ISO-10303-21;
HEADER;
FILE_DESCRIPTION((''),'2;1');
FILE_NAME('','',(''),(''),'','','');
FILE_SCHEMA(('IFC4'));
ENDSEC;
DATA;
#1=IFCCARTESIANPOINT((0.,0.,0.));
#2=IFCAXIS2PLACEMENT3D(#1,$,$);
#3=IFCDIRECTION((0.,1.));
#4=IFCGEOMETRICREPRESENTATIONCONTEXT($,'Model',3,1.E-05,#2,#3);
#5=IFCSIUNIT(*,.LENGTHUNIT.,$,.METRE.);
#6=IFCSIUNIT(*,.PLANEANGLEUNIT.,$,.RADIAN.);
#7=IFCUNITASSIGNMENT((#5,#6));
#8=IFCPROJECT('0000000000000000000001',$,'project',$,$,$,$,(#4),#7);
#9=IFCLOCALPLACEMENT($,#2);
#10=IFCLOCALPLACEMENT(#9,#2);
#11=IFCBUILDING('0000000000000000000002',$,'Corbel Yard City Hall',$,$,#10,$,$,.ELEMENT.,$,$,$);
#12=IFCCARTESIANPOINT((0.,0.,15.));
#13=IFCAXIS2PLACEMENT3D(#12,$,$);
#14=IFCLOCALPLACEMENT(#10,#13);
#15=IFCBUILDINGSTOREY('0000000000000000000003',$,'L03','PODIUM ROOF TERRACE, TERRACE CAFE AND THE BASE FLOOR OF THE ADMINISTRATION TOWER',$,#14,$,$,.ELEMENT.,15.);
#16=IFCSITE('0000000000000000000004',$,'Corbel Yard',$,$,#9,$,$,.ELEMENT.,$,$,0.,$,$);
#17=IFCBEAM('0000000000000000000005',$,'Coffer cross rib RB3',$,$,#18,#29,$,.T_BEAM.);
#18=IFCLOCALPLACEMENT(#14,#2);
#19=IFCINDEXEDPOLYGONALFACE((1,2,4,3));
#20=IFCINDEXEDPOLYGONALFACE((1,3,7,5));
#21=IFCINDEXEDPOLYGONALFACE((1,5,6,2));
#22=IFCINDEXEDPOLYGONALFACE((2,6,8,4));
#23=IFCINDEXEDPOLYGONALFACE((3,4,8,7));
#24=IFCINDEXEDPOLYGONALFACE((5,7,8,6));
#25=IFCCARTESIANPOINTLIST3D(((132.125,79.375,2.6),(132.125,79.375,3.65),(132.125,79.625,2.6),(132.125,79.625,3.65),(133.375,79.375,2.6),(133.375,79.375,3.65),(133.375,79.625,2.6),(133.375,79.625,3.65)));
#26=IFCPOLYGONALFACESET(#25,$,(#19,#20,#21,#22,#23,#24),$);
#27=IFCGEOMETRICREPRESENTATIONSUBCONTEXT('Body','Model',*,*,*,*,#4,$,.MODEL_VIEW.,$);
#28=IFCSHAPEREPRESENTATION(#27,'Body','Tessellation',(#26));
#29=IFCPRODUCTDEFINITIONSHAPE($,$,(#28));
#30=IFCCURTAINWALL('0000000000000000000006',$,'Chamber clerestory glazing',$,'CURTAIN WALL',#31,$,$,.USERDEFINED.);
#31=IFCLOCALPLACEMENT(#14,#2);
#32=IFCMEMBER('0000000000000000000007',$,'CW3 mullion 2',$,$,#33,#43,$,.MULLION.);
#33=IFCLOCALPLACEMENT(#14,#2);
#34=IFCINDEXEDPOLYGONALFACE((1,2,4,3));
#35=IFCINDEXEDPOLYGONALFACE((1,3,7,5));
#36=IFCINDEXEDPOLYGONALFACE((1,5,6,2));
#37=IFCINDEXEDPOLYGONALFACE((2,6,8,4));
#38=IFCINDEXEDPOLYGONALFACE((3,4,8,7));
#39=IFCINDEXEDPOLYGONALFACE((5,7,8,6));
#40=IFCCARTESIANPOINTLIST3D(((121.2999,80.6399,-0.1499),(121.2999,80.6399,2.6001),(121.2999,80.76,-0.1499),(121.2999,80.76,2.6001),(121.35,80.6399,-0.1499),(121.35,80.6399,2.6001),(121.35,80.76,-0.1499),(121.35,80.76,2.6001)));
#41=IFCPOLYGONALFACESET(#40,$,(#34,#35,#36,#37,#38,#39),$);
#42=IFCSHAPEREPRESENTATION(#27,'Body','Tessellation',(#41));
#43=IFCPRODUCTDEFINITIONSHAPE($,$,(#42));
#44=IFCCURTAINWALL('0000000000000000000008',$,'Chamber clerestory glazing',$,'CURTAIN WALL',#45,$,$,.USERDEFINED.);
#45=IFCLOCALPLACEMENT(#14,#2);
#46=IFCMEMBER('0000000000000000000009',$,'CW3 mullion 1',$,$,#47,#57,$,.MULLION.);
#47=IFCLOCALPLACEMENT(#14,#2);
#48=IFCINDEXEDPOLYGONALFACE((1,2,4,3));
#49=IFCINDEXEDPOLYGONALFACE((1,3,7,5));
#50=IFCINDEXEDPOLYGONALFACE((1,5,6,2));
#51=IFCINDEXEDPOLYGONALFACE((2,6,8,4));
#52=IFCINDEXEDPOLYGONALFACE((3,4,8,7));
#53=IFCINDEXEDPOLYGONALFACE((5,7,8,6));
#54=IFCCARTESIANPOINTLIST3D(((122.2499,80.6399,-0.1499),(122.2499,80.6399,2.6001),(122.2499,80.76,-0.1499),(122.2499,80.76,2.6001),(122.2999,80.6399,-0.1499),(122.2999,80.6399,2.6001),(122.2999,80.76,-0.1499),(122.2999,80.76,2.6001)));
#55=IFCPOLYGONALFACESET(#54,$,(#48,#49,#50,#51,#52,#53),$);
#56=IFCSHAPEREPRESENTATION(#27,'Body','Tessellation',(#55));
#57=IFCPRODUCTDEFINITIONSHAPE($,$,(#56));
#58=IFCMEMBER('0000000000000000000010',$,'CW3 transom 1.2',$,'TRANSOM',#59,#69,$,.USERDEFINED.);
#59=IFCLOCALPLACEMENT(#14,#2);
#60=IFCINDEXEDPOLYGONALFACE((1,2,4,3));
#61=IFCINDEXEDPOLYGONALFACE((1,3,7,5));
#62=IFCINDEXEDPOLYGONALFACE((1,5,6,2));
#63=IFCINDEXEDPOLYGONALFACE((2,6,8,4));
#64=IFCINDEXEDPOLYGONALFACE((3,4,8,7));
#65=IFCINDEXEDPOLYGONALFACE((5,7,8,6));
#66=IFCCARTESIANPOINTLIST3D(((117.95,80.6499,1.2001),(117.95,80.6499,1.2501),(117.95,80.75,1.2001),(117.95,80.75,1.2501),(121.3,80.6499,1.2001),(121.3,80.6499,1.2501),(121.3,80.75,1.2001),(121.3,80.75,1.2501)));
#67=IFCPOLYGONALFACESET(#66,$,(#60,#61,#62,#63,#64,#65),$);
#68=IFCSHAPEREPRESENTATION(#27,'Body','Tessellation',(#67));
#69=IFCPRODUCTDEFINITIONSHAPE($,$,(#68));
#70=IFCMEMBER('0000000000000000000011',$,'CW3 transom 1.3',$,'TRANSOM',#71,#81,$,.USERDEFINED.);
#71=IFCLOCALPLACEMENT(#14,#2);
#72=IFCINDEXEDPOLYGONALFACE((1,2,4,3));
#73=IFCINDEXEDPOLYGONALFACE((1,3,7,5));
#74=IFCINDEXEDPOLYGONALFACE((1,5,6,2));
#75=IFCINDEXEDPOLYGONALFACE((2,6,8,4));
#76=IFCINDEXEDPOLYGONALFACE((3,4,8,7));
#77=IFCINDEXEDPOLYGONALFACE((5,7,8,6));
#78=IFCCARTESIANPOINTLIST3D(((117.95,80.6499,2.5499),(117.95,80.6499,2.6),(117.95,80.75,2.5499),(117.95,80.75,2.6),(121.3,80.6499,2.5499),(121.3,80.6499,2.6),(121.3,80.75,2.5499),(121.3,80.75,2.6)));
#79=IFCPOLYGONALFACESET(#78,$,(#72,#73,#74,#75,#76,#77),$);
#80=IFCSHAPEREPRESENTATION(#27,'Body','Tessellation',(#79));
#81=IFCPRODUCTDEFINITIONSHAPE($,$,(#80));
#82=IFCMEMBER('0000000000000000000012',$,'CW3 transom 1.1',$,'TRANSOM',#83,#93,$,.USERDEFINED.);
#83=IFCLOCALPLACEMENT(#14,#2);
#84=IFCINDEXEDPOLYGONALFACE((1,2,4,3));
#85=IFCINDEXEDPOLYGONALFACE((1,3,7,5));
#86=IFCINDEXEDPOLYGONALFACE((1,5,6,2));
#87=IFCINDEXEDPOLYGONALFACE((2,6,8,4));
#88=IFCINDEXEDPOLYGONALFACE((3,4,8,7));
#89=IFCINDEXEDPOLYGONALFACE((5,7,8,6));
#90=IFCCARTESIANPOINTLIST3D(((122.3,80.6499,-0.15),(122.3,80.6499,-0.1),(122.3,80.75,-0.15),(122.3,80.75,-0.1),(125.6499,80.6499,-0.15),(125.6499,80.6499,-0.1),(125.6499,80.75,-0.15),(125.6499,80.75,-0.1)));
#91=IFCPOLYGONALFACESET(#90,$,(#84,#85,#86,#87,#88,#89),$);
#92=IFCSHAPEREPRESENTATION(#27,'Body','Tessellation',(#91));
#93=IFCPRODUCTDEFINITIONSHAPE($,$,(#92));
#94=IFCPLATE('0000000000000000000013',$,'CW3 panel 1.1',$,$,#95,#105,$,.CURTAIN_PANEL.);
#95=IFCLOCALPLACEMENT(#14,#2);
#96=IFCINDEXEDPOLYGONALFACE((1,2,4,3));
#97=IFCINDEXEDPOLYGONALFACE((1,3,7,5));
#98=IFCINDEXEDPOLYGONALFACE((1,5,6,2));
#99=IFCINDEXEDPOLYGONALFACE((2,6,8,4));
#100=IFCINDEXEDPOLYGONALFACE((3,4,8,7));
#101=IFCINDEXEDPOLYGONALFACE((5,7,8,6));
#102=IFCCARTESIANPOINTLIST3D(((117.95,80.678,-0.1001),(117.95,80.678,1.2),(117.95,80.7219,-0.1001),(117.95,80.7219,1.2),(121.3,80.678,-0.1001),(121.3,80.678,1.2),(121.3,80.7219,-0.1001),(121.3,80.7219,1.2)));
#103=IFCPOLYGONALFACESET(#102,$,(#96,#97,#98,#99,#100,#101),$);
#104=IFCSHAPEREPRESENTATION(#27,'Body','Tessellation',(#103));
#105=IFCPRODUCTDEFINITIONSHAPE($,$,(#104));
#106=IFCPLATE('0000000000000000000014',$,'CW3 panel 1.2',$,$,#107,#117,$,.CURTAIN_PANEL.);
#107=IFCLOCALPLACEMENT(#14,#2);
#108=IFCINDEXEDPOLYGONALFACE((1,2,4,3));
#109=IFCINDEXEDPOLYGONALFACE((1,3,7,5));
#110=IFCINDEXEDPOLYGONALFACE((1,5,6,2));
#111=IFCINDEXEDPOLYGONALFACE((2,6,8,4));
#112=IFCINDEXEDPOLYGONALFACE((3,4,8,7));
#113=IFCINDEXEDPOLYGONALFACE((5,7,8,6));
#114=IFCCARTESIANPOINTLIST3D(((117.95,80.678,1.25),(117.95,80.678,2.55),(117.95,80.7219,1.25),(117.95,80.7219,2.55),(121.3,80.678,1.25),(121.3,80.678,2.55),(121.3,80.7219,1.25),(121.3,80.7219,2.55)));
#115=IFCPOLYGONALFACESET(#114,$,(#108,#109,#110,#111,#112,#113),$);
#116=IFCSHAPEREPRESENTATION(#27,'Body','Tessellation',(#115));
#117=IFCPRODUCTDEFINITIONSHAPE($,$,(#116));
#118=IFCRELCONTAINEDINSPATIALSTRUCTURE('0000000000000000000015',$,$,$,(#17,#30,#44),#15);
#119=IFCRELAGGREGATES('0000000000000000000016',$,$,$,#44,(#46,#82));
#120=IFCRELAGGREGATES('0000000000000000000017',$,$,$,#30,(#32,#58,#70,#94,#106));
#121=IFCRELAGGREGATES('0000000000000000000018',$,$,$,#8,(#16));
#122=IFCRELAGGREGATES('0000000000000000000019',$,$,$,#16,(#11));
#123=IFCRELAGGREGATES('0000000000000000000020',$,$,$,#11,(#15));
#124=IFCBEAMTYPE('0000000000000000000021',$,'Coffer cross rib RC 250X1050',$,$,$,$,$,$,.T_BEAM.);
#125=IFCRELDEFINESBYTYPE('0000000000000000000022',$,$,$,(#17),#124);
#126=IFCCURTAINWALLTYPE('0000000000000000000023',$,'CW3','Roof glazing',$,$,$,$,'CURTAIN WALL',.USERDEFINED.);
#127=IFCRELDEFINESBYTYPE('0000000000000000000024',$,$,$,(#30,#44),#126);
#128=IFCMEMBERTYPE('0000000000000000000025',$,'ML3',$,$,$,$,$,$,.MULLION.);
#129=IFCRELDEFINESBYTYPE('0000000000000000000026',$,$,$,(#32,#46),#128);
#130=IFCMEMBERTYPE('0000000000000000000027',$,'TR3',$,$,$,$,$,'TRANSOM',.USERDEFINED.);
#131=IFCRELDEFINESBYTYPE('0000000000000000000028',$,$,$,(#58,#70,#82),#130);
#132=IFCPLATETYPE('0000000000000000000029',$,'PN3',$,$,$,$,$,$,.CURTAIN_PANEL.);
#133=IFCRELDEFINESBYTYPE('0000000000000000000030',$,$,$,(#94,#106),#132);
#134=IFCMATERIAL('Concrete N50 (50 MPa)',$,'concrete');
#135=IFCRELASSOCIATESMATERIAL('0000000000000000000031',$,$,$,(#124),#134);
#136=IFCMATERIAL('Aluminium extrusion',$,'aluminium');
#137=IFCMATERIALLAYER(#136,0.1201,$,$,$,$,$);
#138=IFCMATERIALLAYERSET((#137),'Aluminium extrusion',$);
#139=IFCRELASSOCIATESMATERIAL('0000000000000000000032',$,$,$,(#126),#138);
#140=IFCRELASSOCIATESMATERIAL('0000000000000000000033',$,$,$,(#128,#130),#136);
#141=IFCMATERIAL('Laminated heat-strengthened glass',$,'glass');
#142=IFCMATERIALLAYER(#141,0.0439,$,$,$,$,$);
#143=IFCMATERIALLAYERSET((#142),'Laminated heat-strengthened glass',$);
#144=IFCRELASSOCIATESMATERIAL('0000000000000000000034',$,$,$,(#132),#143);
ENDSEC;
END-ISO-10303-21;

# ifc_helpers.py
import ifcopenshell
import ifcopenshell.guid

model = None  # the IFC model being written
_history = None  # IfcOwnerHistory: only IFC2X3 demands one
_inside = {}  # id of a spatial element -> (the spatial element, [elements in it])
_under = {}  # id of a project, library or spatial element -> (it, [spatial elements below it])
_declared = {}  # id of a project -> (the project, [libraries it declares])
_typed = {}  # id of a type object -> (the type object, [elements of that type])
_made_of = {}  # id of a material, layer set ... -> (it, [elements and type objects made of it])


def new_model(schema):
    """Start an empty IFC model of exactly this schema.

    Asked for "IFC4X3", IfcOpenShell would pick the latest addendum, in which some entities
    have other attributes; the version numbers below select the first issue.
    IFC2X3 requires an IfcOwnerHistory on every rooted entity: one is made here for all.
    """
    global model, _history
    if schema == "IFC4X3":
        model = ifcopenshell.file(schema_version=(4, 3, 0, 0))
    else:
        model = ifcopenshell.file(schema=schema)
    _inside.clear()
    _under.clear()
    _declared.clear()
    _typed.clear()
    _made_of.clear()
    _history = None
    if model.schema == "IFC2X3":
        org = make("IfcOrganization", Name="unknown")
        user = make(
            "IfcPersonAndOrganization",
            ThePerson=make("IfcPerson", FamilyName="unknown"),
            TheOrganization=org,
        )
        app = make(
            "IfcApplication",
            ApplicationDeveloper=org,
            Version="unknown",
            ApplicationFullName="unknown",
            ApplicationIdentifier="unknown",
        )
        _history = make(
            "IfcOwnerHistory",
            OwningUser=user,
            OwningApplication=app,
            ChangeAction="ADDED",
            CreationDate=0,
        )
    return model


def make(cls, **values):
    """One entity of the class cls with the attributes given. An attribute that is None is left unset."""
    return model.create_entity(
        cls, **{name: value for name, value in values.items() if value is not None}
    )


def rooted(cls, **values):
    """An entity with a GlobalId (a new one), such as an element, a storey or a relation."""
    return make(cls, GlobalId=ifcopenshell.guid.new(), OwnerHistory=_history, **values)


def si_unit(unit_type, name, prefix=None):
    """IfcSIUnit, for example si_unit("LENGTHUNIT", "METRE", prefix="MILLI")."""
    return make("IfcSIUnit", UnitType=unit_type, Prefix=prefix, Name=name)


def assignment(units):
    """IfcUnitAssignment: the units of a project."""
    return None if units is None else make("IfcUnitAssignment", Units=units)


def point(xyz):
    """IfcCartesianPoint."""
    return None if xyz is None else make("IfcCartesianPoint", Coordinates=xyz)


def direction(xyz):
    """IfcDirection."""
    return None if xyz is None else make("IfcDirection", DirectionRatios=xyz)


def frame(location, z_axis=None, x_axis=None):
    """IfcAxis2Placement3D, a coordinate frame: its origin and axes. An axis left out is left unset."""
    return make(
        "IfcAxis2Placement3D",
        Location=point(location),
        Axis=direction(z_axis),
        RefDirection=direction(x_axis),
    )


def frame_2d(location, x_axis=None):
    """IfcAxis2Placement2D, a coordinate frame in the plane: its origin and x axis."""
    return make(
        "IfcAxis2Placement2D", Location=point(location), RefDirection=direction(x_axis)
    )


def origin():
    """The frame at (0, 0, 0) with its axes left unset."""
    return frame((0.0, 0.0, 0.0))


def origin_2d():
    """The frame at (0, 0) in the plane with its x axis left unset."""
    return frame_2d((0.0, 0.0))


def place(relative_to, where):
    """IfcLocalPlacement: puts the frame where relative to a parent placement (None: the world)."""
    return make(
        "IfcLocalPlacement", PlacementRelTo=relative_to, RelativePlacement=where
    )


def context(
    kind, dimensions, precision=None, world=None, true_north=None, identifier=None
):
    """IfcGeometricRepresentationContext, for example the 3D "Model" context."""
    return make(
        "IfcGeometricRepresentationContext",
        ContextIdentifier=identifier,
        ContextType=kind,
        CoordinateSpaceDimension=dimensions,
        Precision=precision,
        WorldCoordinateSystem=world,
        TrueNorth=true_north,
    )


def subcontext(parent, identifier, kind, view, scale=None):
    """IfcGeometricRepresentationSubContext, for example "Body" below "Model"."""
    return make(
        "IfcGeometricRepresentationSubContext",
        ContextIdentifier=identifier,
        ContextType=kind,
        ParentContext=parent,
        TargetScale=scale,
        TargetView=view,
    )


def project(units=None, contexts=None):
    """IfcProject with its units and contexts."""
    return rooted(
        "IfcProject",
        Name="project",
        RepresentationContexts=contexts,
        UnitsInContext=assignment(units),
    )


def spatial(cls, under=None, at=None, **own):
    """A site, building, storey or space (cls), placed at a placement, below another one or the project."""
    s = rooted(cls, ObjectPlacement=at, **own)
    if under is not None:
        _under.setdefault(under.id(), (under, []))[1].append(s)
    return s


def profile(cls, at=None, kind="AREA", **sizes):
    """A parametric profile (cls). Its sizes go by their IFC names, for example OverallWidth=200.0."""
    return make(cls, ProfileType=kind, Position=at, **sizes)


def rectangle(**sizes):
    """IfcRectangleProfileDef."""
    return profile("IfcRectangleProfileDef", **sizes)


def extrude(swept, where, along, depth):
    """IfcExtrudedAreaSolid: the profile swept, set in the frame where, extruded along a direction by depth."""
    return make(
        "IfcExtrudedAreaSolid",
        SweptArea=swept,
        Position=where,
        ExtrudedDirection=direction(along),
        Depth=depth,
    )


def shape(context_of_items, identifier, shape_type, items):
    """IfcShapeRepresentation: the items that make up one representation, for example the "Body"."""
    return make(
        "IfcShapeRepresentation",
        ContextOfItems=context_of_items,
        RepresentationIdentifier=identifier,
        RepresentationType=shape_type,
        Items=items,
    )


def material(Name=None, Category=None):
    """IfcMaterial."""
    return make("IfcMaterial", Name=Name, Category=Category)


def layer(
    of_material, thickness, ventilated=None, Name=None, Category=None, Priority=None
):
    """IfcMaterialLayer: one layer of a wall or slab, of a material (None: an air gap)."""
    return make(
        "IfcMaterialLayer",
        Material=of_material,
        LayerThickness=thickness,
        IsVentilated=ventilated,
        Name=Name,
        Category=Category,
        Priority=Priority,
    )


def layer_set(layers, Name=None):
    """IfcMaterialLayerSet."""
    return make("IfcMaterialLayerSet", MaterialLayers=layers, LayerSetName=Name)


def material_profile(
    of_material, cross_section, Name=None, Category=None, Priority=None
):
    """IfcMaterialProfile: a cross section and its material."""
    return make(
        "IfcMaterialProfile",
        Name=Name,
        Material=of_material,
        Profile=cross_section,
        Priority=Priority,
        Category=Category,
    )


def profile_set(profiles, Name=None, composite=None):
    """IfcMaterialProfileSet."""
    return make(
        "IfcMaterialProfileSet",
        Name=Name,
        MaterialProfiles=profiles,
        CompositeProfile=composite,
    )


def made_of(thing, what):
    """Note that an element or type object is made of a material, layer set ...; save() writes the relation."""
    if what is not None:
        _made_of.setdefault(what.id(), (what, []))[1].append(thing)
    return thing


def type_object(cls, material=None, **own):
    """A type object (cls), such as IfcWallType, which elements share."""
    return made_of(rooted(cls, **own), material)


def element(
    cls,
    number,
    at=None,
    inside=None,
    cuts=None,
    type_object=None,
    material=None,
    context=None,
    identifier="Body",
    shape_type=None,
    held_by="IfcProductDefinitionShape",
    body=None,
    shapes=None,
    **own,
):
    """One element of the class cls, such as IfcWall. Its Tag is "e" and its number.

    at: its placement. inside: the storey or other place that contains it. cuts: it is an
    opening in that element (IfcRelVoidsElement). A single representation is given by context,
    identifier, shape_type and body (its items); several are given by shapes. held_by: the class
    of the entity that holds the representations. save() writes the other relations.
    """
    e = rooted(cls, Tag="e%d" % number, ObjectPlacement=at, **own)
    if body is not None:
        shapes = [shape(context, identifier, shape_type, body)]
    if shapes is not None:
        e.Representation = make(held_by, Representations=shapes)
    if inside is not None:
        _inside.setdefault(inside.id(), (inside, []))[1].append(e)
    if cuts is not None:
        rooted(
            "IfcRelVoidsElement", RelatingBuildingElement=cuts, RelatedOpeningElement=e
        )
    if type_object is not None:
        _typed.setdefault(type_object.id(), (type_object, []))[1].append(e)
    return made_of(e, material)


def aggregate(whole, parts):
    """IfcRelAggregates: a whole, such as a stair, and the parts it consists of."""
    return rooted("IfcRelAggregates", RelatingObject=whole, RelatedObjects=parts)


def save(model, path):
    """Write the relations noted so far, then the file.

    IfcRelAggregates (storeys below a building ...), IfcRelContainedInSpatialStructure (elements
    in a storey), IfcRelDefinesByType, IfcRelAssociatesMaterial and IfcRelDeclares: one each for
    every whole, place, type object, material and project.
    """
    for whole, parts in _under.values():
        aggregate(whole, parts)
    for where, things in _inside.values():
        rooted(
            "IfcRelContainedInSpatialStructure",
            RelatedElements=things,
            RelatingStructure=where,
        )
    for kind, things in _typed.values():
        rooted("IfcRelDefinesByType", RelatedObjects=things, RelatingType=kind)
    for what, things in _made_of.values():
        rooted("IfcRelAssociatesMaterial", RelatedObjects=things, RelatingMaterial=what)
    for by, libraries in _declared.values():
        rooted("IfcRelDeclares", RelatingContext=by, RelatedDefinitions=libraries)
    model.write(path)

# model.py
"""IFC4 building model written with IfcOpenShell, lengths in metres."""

from ifc_helpers import new_model, si_unit, direction, frame, origin, origin_2d, place, context, subcontext, project, spatial, rectangle, extrude, material, layer, layer_set, material_profile, profile_set, type_object, element, aggregate, save


model = new_model("IFC4")

# Units and contexts
model_context = context("Model", 3, precision=1e-05, world=origin(), true_north=direction((0.0, 1.0)))
body_context = subcontext(model_context, "Body", "Model", "MODEL_VIEW")
ifc_project = project(units=[si_unit("LENGTHUNIT", "METRE"), si_unit("PLANEANGLEUNIT", "RADIAN")], contexts=[model_context])

# Site, building, storey
site_placement = place(None, origin())
site = spatial("IfcSite", under=ifc_project, at=site_placement, Name="Corbel Yard", CompositionType="ELEMENT", RefElevation=0.0)
building_placement = place(site_placement, origin())
building = spatial("IfcBuilding", under=site, at=building_placement, Name="Corbel Yard City Hall", CompositionType="ELEMENT")
storey_placement = place(building_placement, frame((0.0, 0.0, 15.0)))
storey = spatial("IfcBuildingStorey", under=building, at=storey_placement, Name="L03", Description="PODIUM ROOF TERRACE, TERRACE CAFE AND THE BASE FLOOR OF THE ADMINISTRATION TOWER", CompositionType="ELEMENT", Elevation=15.0)

# Shared definitions
ifc_material_1 = material(Name="Concrete N50 (50 MPa)", Category="concrete")

# Beam
ifc_material_profile_1 = material_profile(ifc_material_1, rectangle(XDim=0.25, YDim=1.05, at=origin_2d()), Name="250x1050")
ifc_profile_set_1 = profile_set([ifc_material_profile_1], Name="Concrete N50 (50 MPa)")
beam_type = type_object("IfcBeamType", Name="Coffer cross rib RC 250X1050", PredefinedType="T_BEAM", material=ifc_profile_set_1)
for number, where, z_axis, x_axis, name in (
    (1, (132.125, 79.5, 3.125), (1.0, 0.0, 0.0), (0.0, 1.0, 0.0), "Coffer cross rib RB3"),
):
    element("IfcBeam", number, at=place(storey_placement, frame(where, z_axis=z_axis, x_axis=x_axis)), inside=storey, type_object=beam_type, Name=name, PredefinedType="T_BEAM", context=body_context, shape_type="SweptSolid", body=[
        extrude(rectangle(XDim=0.25, YDim=1.05, at=origin_2d()), origin(), (0.0, 0.0, 1.0), 1.25),
    ])

# Curtain walls, members
ifc_material_2 = material(Name="Aluminium extrusion", Category="aluminium")
ifc_layer_1 = layer(ifc_material_2, 0.1201)
ifc_layer_set_1 = layer_set([ifc_layer_1], Name="Aluminium extrusion")
curtain_wall_type = type_object("IfcCurtainWallType", Name="CW3", Description="Roof glazing", ElementType="CURTAIN WALL", PredefinedType="USERDEFINED", material=ifc_layer_set_1)
curtain_wall_1_placement = place(storey_placement, origin())
curtain_wall_1 = element("IfcCurtainWall", 2, at=curtain_wall_1_placement, inside=storey, type_object=curtain_wall_type, Name="Chamber clerestory glazing", ObjectType="CURTAIN WALL", PredefinedType="USERDEFINED")
ifc_material_profile_2 = material_profile(ifc_material_2, rectangle(XDim=0.1201, YDim=0.05, at=origin_2d()), Name="120x50")
ifc_profile_set_2 = profile_set([ifc_material_profile_2], Name="Aluminium extrusion")
member_type_1 = type_object("IfcMemberType", Name="ML3", PredefinedType="MULLION", material=ifc_profile_set_2)
member_1_placement = place(storey_placement, frame((121.325, 80.7, -0.1499), z_axis=(0.0, 0.0, 1.0), x_axis=(0.0, 1.0, 0.0)))
member_1 = element("IfcMember", 3, at=member_1_placement, type_object=member_type_1, Name="CW3 mullion 2", PredefinedType="MULLION", context=body_context, shape_type="SweptSolid", body=[
    extrude(rectangle(XDim=0.1201, YDim=0.05, at=origin_2d()), origin(), (0.0, 0.0, 1.0), 2.75),
])
curtain_wall_2_placement = place(storey_placement, origin())
curtain_wall_2 = element("IfcCurtainWall", 4, at=curtain_wall_2_placement, inside=storey, type_object=curtain_wall_type, Name="Chamber clerestory glazing", ObjectType="CURTAIN WALL", PredefinedType="USERDEFINED")
member_2_placement = place(storey_placement, frame((122.2749, 80.7, -0.1499), z_axis=(0.0, 0.0, 1.0), x_axis=(0.0, 1.0, 0.0)))
member_2 = element("IfcMember", 5, at=member_2_placement, type_object=member_type_1, Name="CW3 mullion 1", PredefinedType="MULLION", context=body_context, shape_type="SweptSolid", body=[
    extrude(rectangle(XDim=0.1201, YDim=0.05, at=origin_2d()), origin(), (0.0, 0.0, 1.0), 2.75),
])

# Members
ifc_material_profile_3 = material_profile(ifc_material_2, rectangle(XDim=0.1001, YDim=0.05, at=origin_2d()), Name="100x50")
ifc_profile_set_3 = profile_set([ifc_material_profile_3], Name="Aluminium extrusion")
member_type_2 = type_object("IfcMemberType", Name="TR3", ElementType="TRANSOM", PredefinedType="USERDEFINED", material=ifc_profile_set_3)
member_3_placement = place(storey_placement, frame((117.95, 80.7, 1.2251), z_axis=(1.0, 0.0, 0.0), x_axis=(0.0, 1.0, 0.0)))
member_3 = element("IfcMember", 6, at=member_3_placement, type_object=member_type_2, Name="CW3 transom 1.2", ObjectType="TRANSOM", PredefinedType="USERDEFINED", context=body_context, shape_type="SweptSolid", body=[
    extrude(rectangle(XDim=0.1001, YDim=0.05, at=origin_2d()), origin(), (0.0, 0.0, 1.0), 3.3501),
])
member_4_placement = place(storey_placement, frame((117.95, 80.7, 2.575), z_axis=(1.0, 0.0, 0.0), x_axis=(0.0, 1.0, 0.0)))
member_4 = element("IfcMember", 7, at=member_4_placement, type_object=member_type_2, Name="CW3 transom 1.3", ObjectType="TRANSOM", PredefinedType="USERDEFINED", context=body_context, shape_type="SweptSolid", body=[
    extrude(rectangle(XDim=0.1001, YDim=0.05, at=origin_2d()), origin(), (0.0, 0.0, 1.0), 3.3501),
])
member_5_placement = place(storey_placement, frame((122.3, 80.7, -0.125), z_axis=(1.0, 0.0, 0.0), x_axis=(0.0, 1.0, 0.0)))
member_5 = element("IfcMember", 8, at=member_5_placement, type_object=member_type_2, Name="CW3 transom 1.1", ObjectType="TRANSOM", PredefinedType="USERDEFINED", context=body_context, shape_type="SweptSolid", body=[
    extrude(rectangle(XDim=0.1001, YDim=0.05, at=origin_2d()), origin(), (0.0, 0.0, 1.0), 3.3499),
])
aggregate(curtain_wall_2, [member_2, member_5])

# Plates
ifc_material_3 = material(Name="Laminated heat-strengthened glass", Category="glass")
ifc_layer_2 = layer(ifc_material_3, 0.0439)
ifc_layer_set_2 = layer_set([ifc_layer_2], Name="Laminated heat-strengthened glass")
plate_type = type_object("IfcPlateType", Name="PN3", PredefinedType="CURTAIN_PANEL", material=ifc_layer_set_2)
plate_1_placement = place(storey_placement, frame((119.625, 80.7, -0.1001), z_axis=(0.0, 0.0, 1.0), x_axis=(1.0, 0.0, 0.0)))
plate_1 = element("IfcPlate", 9, at=plate_1_placement, type_object=plate_type, Name="CW3 panel 1.1", PredefinedType="CURTAIN_PANEL", context=body_context, shape_type="SweptSolid", body=[
    extrude(rectangle(XDim=3.3501, YDim=0.0439, at=origin_2d()), origin(), (0.0, 0.0, 1.0), 1.3),
])
plate_2_placement = place(storey_placement, frame((119.625, 80.7, 1.25), z_axis=(0.0, 0.0, 1.0), x_axis=(1.0, 0.0, 0.0)))
plate_2 = element("IfcPlate", 10, at=plate_2_placement, type_object=plate_type, Name="CW3 panel 1.2", PredefinedType="CURTAIN_PANEL", context=body_context, shape_type="SweptSolid", body=[
    extrude(rectangle(XDim=3.3501, YDim=0.0439, at=origin_2d()), origin(), (0.0, 0.0, 1.0), 1.3),
])
aggregate(curtain_wall_1, [member_1, member_3, member_4, plate_1, plate_2])

save(model, "model.ifc")
